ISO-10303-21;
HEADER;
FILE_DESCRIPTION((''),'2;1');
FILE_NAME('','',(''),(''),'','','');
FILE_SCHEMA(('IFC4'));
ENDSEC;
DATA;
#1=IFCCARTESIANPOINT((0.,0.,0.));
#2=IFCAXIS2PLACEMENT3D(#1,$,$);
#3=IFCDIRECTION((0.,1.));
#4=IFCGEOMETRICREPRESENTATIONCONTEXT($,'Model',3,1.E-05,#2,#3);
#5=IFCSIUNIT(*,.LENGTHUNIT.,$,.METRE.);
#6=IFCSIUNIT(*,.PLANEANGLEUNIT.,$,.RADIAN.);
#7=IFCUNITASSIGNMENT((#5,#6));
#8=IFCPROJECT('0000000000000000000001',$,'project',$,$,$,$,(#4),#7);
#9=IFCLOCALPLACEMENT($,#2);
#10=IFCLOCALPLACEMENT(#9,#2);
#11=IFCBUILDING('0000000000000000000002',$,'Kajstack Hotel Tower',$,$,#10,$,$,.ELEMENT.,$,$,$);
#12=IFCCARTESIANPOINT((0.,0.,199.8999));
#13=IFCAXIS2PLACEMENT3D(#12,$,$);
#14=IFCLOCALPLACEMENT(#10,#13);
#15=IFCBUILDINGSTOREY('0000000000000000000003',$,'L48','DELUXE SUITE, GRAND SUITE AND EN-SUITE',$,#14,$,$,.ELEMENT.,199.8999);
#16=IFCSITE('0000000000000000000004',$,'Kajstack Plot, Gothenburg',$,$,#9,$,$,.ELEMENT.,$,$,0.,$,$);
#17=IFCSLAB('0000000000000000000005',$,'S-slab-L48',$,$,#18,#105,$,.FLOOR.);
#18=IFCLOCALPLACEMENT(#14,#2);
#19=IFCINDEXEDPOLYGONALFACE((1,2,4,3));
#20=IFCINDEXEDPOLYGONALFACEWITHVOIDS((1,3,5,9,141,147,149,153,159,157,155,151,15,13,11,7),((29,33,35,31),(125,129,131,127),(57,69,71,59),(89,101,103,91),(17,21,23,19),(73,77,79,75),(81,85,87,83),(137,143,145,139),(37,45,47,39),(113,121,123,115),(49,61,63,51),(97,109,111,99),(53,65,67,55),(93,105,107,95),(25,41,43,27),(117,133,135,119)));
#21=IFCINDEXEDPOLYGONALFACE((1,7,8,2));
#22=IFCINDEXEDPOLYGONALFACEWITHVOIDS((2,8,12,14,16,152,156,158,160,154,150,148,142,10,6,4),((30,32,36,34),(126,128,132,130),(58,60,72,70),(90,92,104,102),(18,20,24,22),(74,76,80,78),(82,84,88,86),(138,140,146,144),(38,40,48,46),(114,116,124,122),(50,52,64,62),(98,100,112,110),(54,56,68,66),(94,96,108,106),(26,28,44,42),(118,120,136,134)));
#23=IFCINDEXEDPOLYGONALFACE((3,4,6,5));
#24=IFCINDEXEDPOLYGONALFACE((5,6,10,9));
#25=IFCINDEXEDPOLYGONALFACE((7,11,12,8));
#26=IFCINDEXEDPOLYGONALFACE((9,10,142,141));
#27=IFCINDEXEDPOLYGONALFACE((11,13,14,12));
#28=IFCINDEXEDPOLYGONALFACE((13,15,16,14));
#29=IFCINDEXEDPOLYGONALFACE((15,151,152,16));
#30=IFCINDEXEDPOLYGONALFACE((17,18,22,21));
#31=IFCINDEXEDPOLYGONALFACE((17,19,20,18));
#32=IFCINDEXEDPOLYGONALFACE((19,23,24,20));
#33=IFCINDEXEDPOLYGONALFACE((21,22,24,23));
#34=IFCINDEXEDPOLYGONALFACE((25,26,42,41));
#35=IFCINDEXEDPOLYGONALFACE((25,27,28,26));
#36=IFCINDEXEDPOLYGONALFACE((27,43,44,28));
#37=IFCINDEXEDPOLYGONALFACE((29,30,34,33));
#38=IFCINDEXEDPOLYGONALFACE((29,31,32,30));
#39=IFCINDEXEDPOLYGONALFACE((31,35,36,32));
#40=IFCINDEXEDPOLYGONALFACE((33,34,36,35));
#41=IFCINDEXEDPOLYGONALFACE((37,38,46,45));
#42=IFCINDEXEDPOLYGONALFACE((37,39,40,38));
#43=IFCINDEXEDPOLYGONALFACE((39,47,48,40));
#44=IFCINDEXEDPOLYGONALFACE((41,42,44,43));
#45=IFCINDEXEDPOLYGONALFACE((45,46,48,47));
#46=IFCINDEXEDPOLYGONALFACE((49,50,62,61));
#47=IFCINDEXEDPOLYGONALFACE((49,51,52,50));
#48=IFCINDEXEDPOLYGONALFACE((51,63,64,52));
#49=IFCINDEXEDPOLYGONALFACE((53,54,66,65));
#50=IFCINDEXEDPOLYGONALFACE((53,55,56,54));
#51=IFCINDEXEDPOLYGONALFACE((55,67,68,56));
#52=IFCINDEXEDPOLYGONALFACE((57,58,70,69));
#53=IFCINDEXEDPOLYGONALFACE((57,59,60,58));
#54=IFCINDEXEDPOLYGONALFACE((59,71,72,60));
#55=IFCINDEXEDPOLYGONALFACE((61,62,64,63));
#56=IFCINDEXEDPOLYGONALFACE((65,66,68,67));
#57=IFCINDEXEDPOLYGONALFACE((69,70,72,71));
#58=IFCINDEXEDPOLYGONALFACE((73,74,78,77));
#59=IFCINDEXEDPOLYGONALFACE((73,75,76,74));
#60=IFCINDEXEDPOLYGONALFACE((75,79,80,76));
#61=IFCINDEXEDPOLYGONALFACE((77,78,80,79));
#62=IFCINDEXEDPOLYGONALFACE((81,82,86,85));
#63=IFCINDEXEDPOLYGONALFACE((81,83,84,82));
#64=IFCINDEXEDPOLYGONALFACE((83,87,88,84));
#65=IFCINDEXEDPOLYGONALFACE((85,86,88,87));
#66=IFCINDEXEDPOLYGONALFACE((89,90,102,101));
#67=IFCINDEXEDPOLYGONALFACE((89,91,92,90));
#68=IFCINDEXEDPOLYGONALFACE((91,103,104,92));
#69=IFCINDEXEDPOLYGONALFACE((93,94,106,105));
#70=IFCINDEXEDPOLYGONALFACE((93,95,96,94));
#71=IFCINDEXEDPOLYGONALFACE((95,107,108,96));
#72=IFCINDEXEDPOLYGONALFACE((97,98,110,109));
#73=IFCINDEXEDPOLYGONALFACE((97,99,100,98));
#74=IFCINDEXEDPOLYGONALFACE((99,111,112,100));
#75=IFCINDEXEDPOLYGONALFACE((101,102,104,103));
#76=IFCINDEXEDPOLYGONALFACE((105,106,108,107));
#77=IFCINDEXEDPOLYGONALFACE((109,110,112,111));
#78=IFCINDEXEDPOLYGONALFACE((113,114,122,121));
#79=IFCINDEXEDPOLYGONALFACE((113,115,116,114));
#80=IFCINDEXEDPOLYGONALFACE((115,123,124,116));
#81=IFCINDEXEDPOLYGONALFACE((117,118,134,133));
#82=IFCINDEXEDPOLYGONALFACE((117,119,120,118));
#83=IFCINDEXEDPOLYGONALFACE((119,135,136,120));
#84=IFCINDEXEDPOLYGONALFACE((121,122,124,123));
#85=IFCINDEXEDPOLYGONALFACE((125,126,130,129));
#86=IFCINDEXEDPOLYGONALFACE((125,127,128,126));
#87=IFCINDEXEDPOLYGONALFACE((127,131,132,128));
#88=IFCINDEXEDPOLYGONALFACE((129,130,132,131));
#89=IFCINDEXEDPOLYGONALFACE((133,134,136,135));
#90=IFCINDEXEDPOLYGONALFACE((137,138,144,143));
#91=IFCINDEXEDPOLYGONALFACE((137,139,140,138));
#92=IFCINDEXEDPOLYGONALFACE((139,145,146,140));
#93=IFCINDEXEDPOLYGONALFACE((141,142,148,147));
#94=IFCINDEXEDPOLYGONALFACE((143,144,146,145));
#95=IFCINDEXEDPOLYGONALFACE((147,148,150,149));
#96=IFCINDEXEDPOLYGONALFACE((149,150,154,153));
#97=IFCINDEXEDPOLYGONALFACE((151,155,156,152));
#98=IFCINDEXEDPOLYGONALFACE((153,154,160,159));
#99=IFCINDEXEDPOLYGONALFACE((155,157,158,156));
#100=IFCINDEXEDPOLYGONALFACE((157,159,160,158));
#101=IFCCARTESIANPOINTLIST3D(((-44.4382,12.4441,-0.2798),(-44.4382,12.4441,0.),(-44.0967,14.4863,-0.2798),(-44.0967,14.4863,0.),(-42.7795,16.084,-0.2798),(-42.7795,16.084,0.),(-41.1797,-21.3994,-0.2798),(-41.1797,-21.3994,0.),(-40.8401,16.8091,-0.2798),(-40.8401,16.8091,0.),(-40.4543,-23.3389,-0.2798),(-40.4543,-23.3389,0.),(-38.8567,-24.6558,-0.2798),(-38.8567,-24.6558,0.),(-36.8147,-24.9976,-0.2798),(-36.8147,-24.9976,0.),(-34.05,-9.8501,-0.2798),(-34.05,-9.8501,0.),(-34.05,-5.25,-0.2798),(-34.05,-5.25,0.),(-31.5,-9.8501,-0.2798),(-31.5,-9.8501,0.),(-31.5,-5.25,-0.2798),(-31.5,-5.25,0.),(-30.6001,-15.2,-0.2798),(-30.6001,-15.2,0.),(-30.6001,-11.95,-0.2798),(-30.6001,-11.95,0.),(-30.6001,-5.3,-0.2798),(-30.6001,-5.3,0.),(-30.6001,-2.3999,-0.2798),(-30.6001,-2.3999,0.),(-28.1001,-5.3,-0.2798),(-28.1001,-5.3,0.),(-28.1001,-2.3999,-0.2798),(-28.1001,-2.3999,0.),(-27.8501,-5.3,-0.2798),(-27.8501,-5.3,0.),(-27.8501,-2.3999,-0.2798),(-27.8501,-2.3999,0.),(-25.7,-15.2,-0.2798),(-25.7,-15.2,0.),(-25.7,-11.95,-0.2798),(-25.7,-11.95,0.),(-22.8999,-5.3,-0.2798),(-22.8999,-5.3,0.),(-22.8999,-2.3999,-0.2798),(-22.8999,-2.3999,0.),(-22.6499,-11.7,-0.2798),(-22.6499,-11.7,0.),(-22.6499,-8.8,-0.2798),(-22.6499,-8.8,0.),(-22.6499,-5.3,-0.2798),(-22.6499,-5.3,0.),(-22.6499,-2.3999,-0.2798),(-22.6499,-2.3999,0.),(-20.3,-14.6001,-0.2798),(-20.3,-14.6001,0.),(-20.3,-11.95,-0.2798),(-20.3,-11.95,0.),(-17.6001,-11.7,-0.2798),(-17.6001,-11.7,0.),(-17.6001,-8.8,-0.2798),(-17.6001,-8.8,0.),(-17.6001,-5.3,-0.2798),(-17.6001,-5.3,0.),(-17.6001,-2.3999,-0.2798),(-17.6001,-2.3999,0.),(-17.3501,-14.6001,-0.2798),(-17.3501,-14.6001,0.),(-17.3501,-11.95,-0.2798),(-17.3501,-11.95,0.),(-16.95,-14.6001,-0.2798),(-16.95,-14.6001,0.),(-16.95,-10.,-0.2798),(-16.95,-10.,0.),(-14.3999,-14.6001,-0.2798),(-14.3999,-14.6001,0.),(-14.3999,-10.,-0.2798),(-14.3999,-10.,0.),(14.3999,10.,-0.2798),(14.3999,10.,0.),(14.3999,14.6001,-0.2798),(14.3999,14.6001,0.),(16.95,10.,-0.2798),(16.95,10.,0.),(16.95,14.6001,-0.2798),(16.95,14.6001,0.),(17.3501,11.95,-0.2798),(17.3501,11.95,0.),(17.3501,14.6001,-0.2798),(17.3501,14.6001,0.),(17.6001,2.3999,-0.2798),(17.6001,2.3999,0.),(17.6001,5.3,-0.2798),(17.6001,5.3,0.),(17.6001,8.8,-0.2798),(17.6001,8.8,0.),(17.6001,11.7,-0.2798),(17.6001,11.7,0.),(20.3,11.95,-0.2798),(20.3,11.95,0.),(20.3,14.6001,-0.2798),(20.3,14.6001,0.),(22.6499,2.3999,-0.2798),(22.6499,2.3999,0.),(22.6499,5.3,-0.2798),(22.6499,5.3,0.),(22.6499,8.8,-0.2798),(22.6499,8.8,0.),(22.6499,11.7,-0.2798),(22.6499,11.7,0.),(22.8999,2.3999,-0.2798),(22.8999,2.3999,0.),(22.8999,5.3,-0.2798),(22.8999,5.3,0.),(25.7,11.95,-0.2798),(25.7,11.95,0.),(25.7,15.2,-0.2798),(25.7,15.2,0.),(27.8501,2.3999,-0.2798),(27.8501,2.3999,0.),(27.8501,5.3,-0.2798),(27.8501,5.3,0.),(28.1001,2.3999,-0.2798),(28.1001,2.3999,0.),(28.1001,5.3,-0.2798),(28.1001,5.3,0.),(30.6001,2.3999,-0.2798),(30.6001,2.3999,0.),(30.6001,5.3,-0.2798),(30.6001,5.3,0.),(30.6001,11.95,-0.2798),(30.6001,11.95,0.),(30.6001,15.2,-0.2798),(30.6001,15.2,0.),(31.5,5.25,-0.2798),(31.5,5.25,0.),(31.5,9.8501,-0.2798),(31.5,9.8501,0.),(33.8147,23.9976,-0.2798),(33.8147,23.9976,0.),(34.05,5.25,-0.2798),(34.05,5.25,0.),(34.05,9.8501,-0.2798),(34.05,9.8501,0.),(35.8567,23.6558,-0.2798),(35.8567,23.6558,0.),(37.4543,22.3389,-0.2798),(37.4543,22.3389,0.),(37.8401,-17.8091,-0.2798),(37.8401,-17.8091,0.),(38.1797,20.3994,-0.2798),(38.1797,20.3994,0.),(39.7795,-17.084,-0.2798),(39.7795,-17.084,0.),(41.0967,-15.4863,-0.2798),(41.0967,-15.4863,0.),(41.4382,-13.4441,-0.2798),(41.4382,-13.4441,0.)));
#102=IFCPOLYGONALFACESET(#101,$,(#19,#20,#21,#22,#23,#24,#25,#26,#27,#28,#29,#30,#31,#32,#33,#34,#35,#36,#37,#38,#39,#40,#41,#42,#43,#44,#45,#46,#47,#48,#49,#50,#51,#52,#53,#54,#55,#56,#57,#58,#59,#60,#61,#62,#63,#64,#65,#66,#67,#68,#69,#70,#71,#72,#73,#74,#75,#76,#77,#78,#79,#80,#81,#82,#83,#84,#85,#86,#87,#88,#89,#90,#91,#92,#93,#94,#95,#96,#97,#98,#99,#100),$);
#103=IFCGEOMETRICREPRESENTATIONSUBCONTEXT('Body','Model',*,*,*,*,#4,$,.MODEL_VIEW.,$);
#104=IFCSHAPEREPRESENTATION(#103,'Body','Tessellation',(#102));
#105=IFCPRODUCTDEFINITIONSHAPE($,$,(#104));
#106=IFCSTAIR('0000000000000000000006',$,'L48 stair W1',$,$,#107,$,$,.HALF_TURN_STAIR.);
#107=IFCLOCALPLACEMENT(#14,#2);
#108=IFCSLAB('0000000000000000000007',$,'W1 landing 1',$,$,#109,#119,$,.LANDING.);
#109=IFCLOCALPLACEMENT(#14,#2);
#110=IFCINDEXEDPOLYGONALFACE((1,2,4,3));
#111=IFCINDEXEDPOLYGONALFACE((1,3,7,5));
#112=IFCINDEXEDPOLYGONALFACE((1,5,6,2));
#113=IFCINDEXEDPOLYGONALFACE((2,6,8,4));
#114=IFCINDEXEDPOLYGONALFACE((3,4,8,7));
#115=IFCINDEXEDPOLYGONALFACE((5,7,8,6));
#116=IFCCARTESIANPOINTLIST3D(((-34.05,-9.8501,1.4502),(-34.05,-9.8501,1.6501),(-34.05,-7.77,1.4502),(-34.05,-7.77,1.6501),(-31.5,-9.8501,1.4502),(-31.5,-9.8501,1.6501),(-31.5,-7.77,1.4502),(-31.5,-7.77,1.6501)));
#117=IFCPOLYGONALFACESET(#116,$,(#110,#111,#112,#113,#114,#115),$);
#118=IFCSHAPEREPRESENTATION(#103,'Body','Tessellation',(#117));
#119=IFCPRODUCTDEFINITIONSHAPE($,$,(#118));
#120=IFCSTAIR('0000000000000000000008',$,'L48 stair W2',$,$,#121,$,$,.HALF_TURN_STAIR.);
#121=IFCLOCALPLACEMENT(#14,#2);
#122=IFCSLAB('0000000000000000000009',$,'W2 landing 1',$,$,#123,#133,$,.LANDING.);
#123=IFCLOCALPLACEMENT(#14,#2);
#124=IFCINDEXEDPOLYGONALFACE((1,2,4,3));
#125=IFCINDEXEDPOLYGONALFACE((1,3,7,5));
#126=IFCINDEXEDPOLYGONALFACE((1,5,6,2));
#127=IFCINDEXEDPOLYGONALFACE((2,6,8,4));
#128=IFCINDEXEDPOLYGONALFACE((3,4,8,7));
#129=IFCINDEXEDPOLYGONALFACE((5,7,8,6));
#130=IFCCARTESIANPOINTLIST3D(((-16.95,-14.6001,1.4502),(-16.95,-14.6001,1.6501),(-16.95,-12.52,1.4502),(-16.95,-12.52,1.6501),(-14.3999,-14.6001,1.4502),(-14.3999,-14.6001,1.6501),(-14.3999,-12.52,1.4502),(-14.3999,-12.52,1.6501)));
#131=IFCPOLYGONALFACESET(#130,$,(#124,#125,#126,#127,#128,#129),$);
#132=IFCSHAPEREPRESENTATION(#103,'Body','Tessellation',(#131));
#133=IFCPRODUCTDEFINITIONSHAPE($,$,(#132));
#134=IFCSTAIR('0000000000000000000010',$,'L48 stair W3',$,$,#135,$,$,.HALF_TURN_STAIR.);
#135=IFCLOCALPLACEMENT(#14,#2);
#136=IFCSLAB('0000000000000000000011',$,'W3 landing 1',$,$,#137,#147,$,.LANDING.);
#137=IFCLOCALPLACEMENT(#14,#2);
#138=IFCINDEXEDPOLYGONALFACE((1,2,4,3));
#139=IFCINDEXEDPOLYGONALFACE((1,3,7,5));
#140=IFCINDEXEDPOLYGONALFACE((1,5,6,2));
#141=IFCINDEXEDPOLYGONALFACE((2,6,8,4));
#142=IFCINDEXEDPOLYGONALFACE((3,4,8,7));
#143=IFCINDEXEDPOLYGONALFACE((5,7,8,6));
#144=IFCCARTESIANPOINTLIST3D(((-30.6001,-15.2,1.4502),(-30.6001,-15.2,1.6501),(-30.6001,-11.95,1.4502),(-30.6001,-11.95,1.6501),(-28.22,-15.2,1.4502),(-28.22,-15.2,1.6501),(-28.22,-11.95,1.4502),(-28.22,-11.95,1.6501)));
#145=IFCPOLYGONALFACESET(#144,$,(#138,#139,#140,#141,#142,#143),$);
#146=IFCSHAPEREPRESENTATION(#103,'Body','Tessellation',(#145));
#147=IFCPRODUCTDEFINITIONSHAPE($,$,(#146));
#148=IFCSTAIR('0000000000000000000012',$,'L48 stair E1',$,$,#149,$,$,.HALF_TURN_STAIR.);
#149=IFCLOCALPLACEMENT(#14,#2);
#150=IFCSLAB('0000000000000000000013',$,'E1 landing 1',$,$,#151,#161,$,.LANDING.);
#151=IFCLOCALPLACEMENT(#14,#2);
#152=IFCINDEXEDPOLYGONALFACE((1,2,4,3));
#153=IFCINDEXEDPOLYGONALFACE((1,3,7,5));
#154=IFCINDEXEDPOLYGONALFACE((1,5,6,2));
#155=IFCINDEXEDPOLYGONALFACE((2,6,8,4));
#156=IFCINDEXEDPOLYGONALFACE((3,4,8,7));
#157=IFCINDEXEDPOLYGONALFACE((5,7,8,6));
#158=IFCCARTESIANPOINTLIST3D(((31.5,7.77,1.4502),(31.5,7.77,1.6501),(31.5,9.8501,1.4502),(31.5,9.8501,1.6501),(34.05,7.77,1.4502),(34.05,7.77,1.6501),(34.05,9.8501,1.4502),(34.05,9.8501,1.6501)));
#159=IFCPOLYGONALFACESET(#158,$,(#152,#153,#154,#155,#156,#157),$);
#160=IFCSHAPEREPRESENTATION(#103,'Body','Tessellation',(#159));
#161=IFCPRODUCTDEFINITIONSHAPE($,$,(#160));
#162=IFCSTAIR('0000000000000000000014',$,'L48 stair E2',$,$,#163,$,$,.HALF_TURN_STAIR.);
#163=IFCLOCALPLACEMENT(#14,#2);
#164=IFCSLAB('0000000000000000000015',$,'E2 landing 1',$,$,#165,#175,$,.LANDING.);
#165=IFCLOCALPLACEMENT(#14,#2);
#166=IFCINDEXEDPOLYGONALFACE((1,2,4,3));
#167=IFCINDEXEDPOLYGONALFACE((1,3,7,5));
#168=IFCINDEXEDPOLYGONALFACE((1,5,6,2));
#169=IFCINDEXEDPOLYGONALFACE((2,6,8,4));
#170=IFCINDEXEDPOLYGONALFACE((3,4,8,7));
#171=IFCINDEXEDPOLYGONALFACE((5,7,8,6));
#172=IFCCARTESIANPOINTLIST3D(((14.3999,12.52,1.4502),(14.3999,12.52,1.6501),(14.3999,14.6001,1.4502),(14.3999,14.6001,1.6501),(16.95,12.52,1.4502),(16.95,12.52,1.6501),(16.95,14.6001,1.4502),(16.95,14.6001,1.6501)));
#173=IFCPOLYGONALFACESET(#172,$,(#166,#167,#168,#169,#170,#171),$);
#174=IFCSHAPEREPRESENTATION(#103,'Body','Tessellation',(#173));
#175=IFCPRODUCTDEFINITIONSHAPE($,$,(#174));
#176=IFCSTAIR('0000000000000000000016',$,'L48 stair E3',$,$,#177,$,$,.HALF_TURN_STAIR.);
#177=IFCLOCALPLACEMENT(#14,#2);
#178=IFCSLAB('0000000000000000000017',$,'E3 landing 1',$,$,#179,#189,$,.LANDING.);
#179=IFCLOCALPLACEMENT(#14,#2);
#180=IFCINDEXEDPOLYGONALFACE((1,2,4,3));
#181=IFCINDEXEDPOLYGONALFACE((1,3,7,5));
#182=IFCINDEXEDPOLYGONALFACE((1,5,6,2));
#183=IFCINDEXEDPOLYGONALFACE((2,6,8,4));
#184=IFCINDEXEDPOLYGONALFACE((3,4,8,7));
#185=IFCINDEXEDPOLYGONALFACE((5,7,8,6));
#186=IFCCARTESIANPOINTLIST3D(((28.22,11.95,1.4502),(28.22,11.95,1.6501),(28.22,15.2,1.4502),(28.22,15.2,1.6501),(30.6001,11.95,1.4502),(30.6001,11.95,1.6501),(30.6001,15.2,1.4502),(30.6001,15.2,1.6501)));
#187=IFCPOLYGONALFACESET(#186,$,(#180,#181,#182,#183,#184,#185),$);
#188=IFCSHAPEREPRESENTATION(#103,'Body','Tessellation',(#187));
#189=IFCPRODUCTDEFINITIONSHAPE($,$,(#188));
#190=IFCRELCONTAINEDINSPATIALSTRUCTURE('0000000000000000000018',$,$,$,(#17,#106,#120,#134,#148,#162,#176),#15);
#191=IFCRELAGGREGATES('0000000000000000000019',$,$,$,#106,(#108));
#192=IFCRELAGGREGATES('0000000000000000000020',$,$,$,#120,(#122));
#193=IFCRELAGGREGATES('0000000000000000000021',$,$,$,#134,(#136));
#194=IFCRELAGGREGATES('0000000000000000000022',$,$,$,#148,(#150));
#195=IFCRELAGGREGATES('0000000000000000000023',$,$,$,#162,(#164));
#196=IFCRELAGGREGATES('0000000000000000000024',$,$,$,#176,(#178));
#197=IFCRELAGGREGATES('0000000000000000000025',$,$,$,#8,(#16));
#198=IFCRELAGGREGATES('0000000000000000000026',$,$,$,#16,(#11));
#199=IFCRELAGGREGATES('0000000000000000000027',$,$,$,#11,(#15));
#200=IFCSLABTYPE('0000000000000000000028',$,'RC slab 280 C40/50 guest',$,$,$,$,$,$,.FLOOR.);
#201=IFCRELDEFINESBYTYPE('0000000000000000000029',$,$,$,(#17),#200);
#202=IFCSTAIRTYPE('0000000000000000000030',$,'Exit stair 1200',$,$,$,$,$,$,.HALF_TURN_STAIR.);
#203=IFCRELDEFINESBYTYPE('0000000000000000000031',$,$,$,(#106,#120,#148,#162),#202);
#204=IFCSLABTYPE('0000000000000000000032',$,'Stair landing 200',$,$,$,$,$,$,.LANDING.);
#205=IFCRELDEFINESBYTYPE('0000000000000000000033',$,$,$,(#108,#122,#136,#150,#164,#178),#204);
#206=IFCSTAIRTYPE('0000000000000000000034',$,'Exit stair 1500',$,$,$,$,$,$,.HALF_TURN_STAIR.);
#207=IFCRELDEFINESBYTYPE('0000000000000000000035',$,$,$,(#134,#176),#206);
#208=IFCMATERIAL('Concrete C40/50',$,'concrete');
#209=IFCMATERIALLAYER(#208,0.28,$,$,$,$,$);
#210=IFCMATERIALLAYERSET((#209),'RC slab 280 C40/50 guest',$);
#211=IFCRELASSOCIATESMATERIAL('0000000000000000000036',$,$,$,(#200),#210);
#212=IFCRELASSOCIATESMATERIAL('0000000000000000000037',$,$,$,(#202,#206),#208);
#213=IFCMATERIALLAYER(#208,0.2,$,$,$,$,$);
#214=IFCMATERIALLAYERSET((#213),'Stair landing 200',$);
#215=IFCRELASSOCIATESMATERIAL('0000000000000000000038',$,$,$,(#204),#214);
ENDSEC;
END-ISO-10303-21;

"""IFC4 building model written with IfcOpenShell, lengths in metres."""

from ifc_helpers import new_model, si_unit, direction, frame, origin, place, context, subcontext, project, spatial, polyline, outline, extrude, material, layer, layer_set, type_object, element, aggregate, save


model = new_model("IFC4")

# Units and contexts
model_context = context("Model", 3, precision=1e-05, world=origin(), true_north=direction((0.0, 1.0)))
body_context = subcontext(model_context, "Body", "Model", "MODEL_VIEW")
ifc_project = project(units=[si_unit("LENGTHUNIT", "METRE"), si_unit("PLANEANGLEUNIT", "RADIAN")], contexts=[model_context])

# Site, building, storey
site_placement = place(None, origin())
site = spatial("IfcSite", under=ifc_project, at=site_placement, Name="Kajstack Plot, Gothenburg", CompositionType="ELEMENT", RefElevation=0.0)
building_placement = place(site_placement, origin())
building = spatial("IfcBuilding", under=site, at=building_placement, Name="Kajstack Hotel Tower", CompositionType="ELEMENT")
storey_placement = place(building_placement, frame((0.0, 0.0, 199.8999)))
storey = spatial("IfcBuildingStorey", under=building, at=storey_placement, Name="L48", Description="DELUXE SUITE, GRAND SUITE AND EN-SUITE", CompositionType="ELEMENT", Elevation=199.8999)

# Slab
ifc_material_1 = material(Name="Concrete C40/50", Category="concrete")
ifc_layer_1 = layer(ifc_material_1, 0.28)
ifc_layer_set_1 = layer_set([ifc_layer_1], Name="RC slab 280 C40/50 guest")
slab_type_1 = type_object("IfcSlabType", Name="RC slab 280 C40/50 guest", PredefinedType="FLOOR", material=ifc_layer_set_1)
slab_1_placement = place(storey_placement, frame((0.0, 0.0, -0.2798)))
element("IfcSlab", 1, at=slab_1_placement, inside=storey, type_object=slab_type_1, Name="S-slab-L48", PredefinedType="FLOOR", context=body_context, shape_type="SweptSolid", body=[
    extrude(outline(polyline([(-44.4382, 12.4441), (-41.1797, -21.3994), (-40.4543, -23.3389), (-38.8567, -24.6558), (-36.8147, -24.9976), (37.8401, -17.8091), (39.7795, -17.084), (41.0967, -15.4863), (41.4382, -13.4441), (38.1797, 20.3994), (37.4543, 22.3389), (35.8567, 23.6558), (33.8147, 23.9976), (-40.8401, 16.8091), (-42.7795, 16.084), (-44.0967, 14.4863), (-44.4382, 12.4441)]), holes=[polyline([(-22.6499, -11.7), (-22.6499, -8.8), (-17.6001, -8.8), (-17.6001, -11.7), (-22.6499, -11.7)]), polyline([(-27.8501, -5.3), (-27.8501, -2.3999), (-22.8999, -2.3999), (-22.8999, -5.3), (-27.8501, -5.3)]), polyline([(-22.6499, -5.3), (-22.6499, -2.3999), (-17.6001, -2.3999), (-17.6001, -5.3), (-22.6499, -5.3)]), polyline([(-20.3, -14.6001), (-17.3501, -14.6001), (-17.3501, -11.95), (-20.3, -11.95), (-20.3, -14.6001)]), polyline([(-30.6001, -5.3), (-28.1001, -5.3), (-28.1001, -2.3999), (-30.6001, -2.3999), (-30.6001, -5.3)]), polyline([(17.6001, 8.8), (17.6001, 11.7), (22.6499, 11.7), (22.6499, 8.8), (17.6001, 8.8)]), polyline([(22.8999, 2.3999), (22.8999, 5.3), (27.8501, 5.3), (27.8501, 2.3999), (22.8999, 2.3999)]), polyline([(17.6001, 2.3999), (17.6001, 5.3), (22.6499, 5.3), (22.6499, 2.3999), (17.6001, 2.3999)]), polyline([(20.3, 14.6001), (17.3501, 14.6001), (17.3501, 11.95), (20.3, 11.95), (20.3, 14.6001)]), polyline([(30.6001, 5.3), (28.1001, 5.3), (28.1001, 2.3999), (30.6001, 2.3999), (30.6001, 5.3)]), polyline([(-34.05, -9.8501), (-31.5, -9.8501), (-31.5, -5.25), (-34.05, -5.25), (-34.05, -9.8501)]), polyline([(-16.95, -14.6001), (-14.3999, -14.6001), (-14.3999, -10.0), (-16.95, -10.0), (-16.95, -14.6001)]), polyline([(-30.6001, -15.2), (-25.7, -15.2), (-25.7, -11.95), (-30.6001, -11.95), (-30.6001, -15.2)]), polyline([(34.05, 9.8501), (31.5, 9.8501), (31.5, 5.25), (34.05, 5.25), (34.05, 9.8501)]), polyline([(16.95, 14.6001), (14.3999, 14.6001), (14.3999, 10.0), (16.95, 10.0), (16.95, 14.6001)]), polyline([(30.6001, 15.2), (25.7, 15.2), (25.7, 11.95), (30.6001, 11.95), (30.6001, 15.2)])]), origin(), (0.0, 0.0, 1.0), 0.2798),
])

# Stairs, slabs
stair_type_1 = type_object("IfcStairType", Name="Exit stair 1200", PredefinedType="HALF_TURN_STAIR", material=ifc_material_1)
stair_1_placement = place(storey_placement, origin())
stair_1 = element("IfcStair", 2, at=stair_1_placement, inside=storey, type_object=stair_type_1, Name="L48 stair W1", PredefinedType="HALF_TURN_STAIR")
ifc_layer_2 = layer(ifc_material_1, 0.2)
ifc_layer_set_2 = layer_set([ifc_layer_2], Name="Stair landing 200")
slab_type_2 = type_object("IfcSlabType", Name="Stair landing 200", PredefinedType="LANDING", material=ifc_layer_set_2)
slab_2_placement = place(storey_placement, frame((0.0, 0.0, 1.4502)))
slab_2 = element("IfcSlab", 3, at=slab_2_placement, type_object=slab_type_2, Name="W1 landing 1", PredefinedType="LANDING", context=body_context, shape_type="SweptSolid", body=[
    extrude(outline(polyline([(-34.05, -7.77), (-34.05, -9.8501), (-31.5, -9.8501), (-31.5, -7.77), (-34.05, -7.77)])), origin(), (0.0, 0.0, 1.0), 0.2),
])
aggregate(stair_1, [slab_2])
stair_2_placement = place(storey_placement, origin())
stair_2 = element("IfcStair", 4, at=stair_2_placement, inside=storey, type_object=stair_type_1, Name="L48 stair W2", PredefinedType="HALF_TURN_STAIR")
slab_3_placement = place(storey_placement, frame((0.0, 0.0, 1.4502)))
slab_3 = element("IfcSlab", 5, at=slab_3_placement, type_object=slab_type_2, Name="W2 landing 1", PredefinedType="LANDING", context=body_context, shape_type="SweptSolid", body=[
    extrude(outline(polyline([(-16.95, -12.52), (-16.95, -14.6001), (-14.3999, -14.6001), (-14.3999, -12.52), (-16.95, -12.52)])), origin(), (0.0, 0.0, 1.0), 0.2),
])
aggregate(stair_2, [slab_3])
stair_type_2 = type_object("IfcStairType", Name="Exit stair 1500", PredefinedType="HALF_TURN_STAIR", material=ifc_material_1)
stair_3_placement = place(storey_placement, origin())
stair_3 = element("IfcStair", 6, at=stair_3_placement, inside=storey, type_object=stair_type_2, Name="L48 stair W3", PredefinedType="HALF_TURN_STAIR")
slab_4_placement = place(storey_placement, frame((0.0, 0.0, 1.4502)))
slab_4 = element("IfcSlab", 7, at=slab_4_placement, type_object=slab_type_2, Name="W3 landing 1", PredefinedType="LANDING", context=body_context, shape_type="SweptSolid", body=[
    extrude(outline(polyline([(-28.22, -11.95), (-30.6001, -11.95), (-30.6001, -15.2), (-28.22, -15.2), (-28.22, -11.95)])), origin(), (0.0, 0.0, 1.0), 0.2),
])
aggregate(stair_3, [slab_4])
stair_4_placement = place(storey_placement, origin())
stair_4 = element("IfcStair", 8, at=stair_4_placement, inside=storey, type_object=stair_type_1, Name="L48 stair E1", PredefinedType="HALF_TURN_STAIR")
slab_5_placement = place(storey_placement, frame((0.0, 0.0, 1.4502)))
slab_5 = element("IfcSlab", 9, at=slab_5_placement, type_object=slab_type_2, Name="E1 landing 1", PredefinedType="LANDING", context=body_context, shape_type="SweptSolid", body=[
    extrude(outline(polyline([(34.05, 7.77), (34.05, 9.8501), (31.5, 9.8501), (31.5, 7.77), (34.05, 7.77)])), origin(), (0.0, 0.0, 1.0), 0.2),
])
aggregate(stair_4, [slab_5])
stair_5_placement = place(storey_placement, origin())
stair_5 = element("IfcStair", 10, at=stair_5_placement, inside=storey, type_object=stair_type_1, Name="L48 stair E2", PredefinedType="HALF_TURN_STAIR")
slab_6_placement = place(storey_placement, frame((0.0, 0.0, 1.4502)))
slab_6 = element("IfcSlab", 11, at=slab_6_placement, type_object=slab_type_2, Name="E2 landing 1", PredefinedType="LANDING", context=body_context, shape_type="SweptSolid", body=[
    extrude(outline(polyline([(16.95, 12.52), (16.95, 14.6001), (14.3999, 14.6001), (14.3999, 12.52), (16.95, 12.52)])), origin(), (0.0, 0.0, 1.0), 0.2),
])
aggregate(stair_5, [slab_6])
stair_6_placement = place(storey_placement, origin())
stair_6 = element("IfcStair", 12, at=stair_6_placement, inside=storey, type_object=stair_type_2, Name="L48 stair E3", PredefinedType="HALF_TURN_STAIR")
slab_7_placement = place(storey_placement, frame((0.0, 0.0, 1.4502)))
slab_7 = element("IfcSlab", 13, at=slab_7_placement, type_object=slab_type_2, Name="E3 landing 1", PredefinedType="LANDING", context=body_context, shape_type="SweptSolid", body=[
    extrude(outline(polyline([(28.22, 11.95), (30.6001, 11.95), (30.6001, 15.2), (28.22, 15.2), (28.22, 11.95)])), origin(), (0.0, 0.0, 1.0), 0.2),
])
aggregate(stair_6, [slab_7])

save(model, "model.ifc")
